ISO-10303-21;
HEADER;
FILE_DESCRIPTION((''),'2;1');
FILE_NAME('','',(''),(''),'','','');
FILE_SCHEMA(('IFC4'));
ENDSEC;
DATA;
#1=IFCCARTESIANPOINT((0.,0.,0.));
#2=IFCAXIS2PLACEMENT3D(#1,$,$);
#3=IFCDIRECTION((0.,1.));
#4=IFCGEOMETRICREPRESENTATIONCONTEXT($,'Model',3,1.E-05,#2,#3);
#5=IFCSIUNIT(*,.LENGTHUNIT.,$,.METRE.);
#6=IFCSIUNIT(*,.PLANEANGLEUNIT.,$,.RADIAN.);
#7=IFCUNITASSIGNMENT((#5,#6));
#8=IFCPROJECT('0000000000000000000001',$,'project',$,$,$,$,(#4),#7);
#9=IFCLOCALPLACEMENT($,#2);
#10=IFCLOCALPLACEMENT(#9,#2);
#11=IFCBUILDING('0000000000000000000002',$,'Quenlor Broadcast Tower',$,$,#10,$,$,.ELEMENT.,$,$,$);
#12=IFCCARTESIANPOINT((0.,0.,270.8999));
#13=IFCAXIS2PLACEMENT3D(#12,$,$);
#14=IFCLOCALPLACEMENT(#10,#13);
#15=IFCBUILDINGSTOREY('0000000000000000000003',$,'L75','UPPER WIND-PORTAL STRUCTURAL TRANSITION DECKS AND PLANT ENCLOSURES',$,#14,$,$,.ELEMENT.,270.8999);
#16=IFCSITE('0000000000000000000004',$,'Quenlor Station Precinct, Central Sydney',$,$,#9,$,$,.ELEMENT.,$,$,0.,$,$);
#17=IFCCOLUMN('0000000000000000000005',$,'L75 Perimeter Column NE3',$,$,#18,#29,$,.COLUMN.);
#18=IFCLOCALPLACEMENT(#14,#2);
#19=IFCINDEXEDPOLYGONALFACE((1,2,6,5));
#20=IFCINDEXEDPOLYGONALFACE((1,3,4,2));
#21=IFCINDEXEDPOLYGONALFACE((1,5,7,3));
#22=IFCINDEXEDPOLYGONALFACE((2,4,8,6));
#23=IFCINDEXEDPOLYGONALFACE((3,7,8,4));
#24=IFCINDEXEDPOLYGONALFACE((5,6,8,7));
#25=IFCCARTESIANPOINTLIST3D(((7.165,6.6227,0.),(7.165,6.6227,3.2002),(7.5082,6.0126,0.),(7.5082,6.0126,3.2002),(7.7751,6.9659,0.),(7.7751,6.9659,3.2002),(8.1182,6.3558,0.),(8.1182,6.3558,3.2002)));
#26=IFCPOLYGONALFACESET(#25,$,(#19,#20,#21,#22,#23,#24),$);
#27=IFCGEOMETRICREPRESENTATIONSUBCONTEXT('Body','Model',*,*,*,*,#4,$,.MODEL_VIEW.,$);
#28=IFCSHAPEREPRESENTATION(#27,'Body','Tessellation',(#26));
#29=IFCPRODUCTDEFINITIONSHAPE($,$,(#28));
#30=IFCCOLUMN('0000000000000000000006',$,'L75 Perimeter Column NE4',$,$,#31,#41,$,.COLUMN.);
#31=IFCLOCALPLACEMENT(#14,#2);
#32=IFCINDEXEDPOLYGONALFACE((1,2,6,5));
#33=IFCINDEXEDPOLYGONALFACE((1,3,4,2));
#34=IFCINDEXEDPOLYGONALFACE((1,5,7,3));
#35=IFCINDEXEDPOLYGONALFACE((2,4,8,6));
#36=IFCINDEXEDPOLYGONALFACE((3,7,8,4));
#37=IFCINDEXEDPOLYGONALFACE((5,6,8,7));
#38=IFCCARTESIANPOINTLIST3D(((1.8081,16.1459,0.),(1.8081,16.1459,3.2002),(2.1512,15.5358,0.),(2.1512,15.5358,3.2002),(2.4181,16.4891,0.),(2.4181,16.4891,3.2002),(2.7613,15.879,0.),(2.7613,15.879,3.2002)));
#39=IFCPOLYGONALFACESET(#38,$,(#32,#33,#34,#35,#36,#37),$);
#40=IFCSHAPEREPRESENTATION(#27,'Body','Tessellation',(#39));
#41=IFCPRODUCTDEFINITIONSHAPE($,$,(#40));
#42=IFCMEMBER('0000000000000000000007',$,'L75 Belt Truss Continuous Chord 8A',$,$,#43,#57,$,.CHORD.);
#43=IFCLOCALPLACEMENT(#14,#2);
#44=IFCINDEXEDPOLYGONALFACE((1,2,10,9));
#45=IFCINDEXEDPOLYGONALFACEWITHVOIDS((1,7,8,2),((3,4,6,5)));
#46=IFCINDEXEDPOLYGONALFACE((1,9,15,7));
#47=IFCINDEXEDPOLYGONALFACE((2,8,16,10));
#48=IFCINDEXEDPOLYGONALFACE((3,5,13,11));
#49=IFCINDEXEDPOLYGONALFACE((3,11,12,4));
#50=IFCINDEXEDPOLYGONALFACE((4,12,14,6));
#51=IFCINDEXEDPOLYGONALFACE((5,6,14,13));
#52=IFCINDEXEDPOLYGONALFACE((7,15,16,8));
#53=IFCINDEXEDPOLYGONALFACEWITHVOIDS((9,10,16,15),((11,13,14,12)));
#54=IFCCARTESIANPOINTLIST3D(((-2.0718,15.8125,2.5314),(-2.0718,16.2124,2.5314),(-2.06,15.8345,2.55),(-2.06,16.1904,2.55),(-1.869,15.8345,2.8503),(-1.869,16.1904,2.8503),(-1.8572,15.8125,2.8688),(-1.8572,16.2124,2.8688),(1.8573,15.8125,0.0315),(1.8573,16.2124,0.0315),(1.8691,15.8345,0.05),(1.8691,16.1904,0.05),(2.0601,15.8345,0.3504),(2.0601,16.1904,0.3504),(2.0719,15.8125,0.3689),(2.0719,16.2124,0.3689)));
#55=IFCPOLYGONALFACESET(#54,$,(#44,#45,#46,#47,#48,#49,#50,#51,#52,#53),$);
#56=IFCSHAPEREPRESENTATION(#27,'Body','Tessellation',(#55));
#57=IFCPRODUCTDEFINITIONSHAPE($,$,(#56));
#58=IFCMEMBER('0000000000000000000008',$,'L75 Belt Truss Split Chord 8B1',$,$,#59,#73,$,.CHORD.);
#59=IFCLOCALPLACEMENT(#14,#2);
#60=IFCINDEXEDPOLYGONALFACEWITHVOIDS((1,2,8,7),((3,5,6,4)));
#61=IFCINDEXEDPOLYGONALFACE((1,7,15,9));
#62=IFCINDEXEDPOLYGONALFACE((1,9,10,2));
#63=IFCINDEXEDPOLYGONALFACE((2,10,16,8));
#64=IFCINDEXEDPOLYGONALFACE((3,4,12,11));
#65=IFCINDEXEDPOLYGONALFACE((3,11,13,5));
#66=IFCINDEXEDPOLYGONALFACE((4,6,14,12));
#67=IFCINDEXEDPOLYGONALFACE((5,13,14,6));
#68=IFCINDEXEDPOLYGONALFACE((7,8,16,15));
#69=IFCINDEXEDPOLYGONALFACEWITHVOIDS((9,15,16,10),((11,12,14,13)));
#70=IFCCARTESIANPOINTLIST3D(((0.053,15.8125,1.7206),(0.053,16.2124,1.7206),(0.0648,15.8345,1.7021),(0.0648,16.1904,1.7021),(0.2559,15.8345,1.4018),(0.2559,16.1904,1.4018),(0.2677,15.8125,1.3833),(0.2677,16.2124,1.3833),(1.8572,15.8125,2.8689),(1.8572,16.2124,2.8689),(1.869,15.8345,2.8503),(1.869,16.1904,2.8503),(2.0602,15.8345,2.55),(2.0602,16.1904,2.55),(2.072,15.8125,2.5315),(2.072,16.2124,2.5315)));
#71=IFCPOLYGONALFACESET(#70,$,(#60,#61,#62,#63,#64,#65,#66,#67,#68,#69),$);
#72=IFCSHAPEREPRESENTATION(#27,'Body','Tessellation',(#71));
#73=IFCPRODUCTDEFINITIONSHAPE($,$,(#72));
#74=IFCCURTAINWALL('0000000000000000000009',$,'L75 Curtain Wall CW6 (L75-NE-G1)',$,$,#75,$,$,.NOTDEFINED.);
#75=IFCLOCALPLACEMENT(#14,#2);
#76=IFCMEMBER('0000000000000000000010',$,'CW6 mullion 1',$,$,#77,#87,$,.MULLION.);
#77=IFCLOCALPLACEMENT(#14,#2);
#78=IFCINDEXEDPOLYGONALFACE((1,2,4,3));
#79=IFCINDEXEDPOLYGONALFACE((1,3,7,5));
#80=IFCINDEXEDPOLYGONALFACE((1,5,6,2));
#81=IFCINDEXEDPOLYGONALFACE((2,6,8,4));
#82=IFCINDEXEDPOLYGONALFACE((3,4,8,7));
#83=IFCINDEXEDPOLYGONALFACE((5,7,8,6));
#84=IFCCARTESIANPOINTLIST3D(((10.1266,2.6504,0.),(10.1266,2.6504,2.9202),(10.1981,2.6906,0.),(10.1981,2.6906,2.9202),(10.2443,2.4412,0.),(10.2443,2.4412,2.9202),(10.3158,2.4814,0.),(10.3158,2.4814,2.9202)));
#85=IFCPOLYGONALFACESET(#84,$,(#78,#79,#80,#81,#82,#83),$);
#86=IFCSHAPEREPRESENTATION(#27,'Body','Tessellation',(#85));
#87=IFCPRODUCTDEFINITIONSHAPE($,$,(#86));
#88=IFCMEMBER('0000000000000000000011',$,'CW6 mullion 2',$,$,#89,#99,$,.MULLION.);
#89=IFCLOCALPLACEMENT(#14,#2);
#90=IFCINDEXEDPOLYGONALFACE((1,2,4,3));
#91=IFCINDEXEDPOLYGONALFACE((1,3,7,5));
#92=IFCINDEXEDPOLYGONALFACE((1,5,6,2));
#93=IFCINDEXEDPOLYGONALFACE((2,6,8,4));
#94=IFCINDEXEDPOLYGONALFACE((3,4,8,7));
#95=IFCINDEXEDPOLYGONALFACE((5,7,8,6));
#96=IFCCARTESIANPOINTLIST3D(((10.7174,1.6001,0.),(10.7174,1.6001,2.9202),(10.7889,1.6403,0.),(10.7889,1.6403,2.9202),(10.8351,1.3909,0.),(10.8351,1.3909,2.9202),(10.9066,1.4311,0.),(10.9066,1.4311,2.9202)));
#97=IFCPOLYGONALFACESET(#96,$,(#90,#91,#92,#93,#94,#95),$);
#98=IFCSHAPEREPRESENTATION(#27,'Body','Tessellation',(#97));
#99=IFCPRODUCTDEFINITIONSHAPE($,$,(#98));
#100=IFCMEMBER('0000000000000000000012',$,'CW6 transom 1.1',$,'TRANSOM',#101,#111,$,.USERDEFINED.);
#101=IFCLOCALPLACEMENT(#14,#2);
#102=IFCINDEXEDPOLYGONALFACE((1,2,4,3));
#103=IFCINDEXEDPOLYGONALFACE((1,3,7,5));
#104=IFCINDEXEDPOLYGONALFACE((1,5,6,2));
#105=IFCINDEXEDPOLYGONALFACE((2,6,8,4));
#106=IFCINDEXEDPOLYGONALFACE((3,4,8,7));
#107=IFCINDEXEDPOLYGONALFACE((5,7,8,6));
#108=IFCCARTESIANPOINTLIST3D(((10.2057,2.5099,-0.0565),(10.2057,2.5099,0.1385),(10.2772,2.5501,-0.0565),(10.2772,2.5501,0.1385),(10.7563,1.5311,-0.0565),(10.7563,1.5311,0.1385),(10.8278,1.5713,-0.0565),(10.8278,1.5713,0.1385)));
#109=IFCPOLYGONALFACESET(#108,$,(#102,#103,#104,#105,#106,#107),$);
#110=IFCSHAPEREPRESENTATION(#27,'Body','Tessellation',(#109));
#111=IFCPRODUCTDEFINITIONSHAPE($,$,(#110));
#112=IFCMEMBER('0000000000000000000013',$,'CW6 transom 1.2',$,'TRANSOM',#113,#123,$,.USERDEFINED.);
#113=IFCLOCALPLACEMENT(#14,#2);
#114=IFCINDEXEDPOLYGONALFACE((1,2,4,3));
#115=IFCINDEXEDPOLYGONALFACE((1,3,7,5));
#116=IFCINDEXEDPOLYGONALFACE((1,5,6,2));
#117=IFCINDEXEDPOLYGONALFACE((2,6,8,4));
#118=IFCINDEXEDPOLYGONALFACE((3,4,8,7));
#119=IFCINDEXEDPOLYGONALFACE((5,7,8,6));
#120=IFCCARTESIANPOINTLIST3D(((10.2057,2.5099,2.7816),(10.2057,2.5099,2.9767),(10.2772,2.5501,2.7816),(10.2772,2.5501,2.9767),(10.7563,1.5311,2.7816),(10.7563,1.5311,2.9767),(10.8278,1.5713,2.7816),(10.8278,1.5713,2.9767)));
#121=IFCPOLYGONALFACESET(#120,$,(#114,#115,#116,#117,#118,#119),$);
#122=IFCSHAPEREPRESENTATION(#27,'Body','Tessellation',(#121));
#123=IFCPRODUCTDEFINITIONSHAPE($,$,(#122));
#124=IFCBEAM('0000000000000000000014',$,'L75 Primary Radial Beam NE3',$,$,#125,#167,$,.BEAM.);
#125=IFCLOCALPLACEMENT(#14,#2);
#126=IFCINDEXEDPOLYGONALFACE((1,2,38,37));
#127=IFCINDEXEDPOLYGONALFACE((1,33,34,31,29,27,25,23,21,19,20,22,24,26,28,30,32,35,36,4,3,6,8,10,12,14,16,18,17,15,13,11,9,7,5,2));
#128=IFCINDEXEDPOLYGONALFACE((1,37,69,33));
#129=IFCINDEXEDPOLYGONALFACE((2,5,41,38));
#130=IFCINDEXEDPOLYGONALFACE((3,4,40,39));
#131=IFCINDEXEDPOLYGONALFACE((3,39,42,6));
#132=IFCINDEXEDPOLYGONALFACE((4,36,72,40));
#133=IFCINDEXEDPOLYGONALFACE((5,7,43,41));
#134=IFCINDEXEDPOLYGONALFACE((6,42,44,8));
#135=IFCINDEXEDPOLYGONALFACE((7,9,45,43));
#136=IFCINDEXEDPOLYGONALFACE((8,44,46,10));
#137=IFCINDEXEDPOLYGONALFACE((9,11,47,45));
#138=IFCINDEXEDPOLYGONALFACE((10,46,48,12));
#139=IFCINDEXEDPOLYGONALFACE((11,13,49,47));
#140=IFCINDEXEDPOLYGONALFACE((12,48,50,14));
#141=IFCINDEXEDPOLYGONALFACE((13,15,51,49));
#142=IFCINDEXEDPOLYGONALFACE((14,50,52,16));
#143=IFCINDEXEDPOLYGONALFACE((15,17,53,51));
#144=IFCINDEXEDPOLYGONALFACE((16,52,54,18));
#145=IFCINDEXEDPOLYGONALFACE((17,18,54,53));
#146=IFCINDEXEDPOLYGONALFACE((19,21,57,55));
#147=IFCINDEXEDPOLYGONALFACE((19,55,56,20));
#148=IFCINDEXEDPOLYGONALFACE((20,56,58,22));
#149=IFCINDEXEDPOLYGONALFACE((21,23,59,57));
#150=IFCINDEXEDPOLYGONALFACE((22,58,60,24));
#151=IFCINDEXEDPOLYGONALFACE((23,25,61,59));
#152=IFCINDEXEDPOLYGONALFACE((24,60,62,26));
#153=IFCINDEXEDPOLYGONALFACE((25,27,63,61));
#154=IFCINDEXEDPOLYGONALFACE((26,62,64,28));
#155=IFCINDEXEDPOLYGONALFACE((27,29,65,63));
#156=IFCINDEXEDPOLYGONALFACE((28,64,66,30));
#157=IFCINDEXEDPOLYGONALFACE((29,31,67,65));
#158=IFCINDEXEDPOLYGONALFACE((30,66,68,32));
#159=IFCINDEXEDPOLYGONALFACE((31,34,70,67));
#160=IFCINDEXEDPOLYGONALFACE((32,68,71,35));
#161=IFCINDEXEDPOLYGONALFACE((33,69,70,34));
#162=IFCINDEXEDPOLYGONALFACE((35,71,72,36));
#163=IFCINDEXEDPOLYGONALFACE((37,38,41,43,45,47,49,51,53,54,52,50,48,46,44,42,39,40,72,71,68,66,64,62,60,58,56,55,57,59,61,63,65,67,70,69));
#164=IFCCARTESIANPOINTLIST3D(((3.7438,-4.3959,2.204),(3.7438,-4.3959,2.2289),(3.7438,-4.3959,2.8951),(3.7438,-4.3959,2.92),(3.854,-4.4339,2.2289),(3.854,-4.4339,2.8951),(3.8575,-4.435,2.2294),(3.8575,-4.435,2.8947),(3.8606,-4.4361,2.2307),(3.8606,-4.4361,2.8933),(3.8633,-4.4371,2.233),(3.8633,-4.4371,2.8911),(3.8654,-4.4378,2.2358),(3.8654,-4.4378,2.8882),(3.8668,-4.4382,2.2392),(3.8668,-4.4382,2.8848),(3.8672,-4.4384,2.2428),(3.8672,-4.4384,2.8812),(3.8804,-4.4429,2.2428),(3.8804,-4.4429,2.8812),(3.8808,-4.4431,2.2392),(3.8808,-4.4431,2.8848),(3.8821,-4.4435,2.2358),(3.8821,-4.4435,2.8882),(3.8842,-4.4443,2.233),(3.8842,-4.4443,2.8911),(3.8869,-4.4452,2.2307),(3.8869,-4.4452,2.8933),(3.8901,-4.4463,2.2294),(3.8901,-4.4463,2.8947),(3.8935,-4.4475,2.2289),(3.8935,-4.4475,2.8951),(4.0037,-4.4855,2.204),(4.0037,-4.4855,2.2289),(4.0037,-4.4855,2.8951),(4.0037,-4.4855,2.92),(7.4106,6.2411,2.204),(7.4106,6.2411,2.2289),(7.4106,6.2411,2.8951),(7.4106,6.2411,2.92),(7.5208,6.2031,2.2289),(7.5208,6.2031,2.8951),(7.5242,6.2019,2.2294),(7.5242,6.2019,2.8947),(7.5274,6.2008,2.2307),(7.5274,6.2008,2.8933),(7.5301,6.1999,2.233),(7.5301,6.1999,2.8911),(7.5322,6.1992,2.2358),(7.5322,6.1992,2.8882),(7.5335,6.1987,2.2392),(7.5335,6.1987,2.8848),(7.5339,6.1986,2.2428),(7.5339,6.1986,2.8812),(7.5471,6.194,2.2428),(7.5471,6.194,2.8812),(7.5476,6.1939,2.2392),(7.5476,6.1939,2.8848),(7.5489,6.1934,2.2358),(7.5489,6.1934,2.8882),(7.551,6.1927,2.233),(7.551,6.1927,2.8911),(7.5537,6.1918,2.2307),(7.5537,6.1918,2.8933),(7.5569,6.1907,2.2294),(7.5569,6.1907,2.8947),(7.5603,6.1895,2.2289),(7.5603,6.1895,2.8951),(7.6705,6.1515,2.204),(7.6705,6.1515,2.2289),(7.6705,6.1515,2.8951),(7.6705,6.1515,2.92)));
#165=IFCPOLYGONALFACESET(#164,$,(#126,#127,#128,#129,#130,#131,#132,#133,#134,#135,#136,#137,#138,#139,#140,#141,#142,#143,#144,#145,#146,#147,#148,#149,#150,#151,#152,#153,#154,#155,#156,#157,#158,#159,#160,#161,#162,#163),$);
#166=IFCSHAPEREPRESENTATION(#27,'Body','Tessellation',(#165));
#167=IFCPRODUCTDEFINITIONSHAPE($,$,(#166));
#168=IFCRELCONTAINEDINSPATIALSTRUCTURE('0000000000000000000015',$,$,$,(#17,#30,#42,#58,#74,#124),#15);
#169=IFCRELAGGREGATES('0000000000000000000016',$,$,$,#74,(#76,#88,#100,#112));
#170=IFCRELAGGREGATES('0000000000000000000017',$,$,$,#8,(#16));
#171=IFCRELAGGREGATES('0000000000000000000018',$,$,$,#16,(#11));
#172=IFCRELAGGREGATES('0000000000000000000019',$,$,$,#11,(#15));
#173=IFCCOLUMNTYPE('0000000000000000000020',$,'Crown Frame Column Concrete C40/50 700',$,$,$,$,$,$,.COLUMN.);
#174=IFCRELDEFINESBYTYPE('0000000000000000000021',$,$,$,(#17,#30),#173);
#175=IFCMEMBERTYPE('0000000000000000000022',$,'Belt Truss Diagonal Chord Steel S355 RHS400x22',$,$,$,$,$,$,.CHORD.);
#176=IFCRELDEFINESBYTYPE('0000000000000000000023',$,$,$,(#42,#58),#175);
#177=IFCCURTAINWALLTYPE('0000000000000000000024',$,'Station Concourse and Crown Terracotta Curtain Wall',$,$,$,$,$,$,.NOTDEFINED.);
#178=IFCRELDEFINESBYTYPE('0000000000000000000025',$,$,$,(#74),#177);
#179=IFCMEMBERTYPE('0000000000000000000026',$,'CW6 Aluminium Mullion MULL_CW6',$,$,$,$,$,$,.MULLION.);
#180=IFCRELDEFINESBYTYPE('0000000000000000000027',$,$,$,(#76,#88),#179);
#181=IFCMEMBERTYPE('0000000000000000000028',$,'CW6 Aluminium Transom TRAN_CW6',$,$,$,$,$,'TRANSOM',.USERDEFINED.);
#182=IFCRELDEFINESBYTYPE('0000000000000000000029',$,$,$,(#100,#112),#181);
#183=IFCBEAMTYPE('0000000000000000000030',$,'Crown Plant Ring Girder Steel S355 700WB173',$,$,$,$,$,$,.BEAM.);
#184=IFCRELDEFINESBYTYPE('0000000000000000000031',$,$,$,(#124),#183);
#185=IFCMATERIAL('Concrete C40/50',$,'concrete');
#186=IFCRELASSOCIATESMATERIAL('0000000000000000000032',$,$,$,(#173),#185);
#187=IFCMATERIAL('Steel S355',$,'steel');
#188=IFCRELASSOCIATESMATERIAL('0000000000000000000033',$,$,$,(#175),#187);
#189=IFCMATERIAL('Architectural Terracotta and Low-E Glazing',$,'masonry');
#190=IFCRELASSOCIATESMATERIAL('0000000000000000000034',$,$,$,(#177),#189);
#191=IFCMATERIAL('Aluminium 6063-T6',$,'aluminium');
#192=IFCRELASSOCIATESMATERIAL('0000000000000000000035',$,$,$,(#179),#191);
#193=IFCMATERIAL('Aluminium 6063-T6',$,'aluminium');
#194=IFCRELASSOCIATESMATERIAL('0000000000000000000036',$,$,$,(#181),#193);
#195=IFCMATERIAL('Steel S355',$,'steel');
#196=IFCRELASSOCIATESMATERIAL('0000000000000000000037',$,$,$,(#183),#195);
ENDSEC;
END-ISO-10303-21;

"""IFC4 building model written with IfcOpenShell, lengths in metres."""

from ifc_helpers import new_model, si_unit, direction, frame, origin, origin_2d, place, context, subcontext, project, spatial, rectangle, hollow_rectangle, i_section, extrude, material, material_profile, profile_set, type_object, element, aggregate, save


model = new_model("IFC4")

# Units and contexts
model_context = context("Model", 3, precision=1e-05, world=origin(), true_north=direction((0.0, 1.0)))
body_context = subcontext(model_context, "Body", "Model", "MODEL_VIEW")
ifc_project = project(units=[si_unit("LENGTHUNIT", "METRE"), si_unit("PLANEANGLEUNIT", "RADIAN")], contexts=[model_context])

# Site, building, storey
site_placement = place(None, origin())
site = spatial("IfcSite", under=ifc_project, at=site_placement, Name="Quenlor Station Precinct, Central Sydney", CompositionType="ELEMENT", RefElevation=0.0)
building_placement = place(site_placement, origin())
building = spatial("IfcBuilding", under=site, at=building_placement, Name="Quenlor Broadcast Tower", CompositionType="ELEMENT")
storey_placement = place(building_placement, frame((0.0, 0.0, 270.8999)))
storey = spatial("IfcBuildingStorey", under=building, at=storey_placement, Name="L75", Description="UPPER WIND-PORTAL STRUCTURAL TRANSITION DECKS AND PLANT ENCLOSURES", CompositionType="ELEMENT", Elevation=270.8999)

# Columns
ifc_material_1 = material(Name="Concrete C40/50", Category="concrete")
ifc_material_profile_1 = material_profile(ifc_material_1, rectangle(XDim=0.7, YDim=0.7, at=origin_2d()))
ifc_profile_set_1 = profile_set([ifc_material_profile_1], Name="Concrete C40/50 RC700x700")
column_type = type_object("IfcColumnType", Name="Crown Frame Column Concrete C40/50 700", PredefinedType="COLUMN", material=ifc_profile_set_1)
for number, where, z_axis, x_axis, name in (
    (1, (7.6416, 6.4893, 0.0), (0.0, 0.0, 1.0), (0.871575, 0.490262, 0.0), "L75 Perimeter Column NE3"),
    (2, (2.2847, 16.0125, 0.0), (0.0, 0.0, 1.0), (0.871575, 0.490262, 0.0), "L75 Perimeter Column NE4"),
):
    element("IfcColumn", number, at=place(storey_placement, frame(where, z_axis=z_axis, x_axis=x_axis)), inside=storey, type_object=column_type, Name=name, PredefinedType="COLUMN", context=body_context, shape_type="SweptSolid", body=[
        extrude(rectangle(XDim=0.7, YDim=0.7, at=origin_2d()), origin(), (0.0, 0.0, 1.0), 3.2002),
    ])

# Members
ifc_material_2 = material(Name="Steel S355", Category="steel")
ifc_material_profile_2 = material_profile(ifc_material_2, hollow_rectangle(XDim=0.3999, YDim=0.3999, WallThickness=0.022, at=origin_2d()))
ifc_profile_set_2 = profile_set([ifc_material_profile_2], Name="Steel S355 RHS400x400x22")
member_type_1 = type_object("IfcMemberType", Name="Belt Truss Diagonal Chord Steel S355 RHS400x22", PredefinedType="CHORD", material=ifc_profile_set_2)
member_1_placement = place(storey_placement, frame((1.9646, 16.0125, 0.2002), z_axis=(-0.8437, 0.0, 0.536814), x_axis=(0.0, -1.0, 0.0)))
element("IfcMember", 3, at=member_1_placement, inside=storey, type_object=member_type_1, Name="L75 Belt Truss Continuous Chord 8A", PredefinedType="CHORD", context=body_context, shape_type="SweptSolid", body=[
    extrude(hollow_rectangle(XDim=0.3999, YDim=0.3999, WallThickness=0.022, at=origin_2d()), origin(), (0.0, 0.0, 1.0), 4.657),
])
member_2_placement = place(storey_placement, frame((1.9646, 16.0125, 2.7002), z_axis=(-0.843647, 0.0, -0.536898), x_axis=(0.0, -1.0, 0.0)))
element("IfcMember", 4, at=member_2_placement, inside=storey, type_object=member_type_1, Name="L75 Belt Truss Split Chord 8B1", PredefinedType="CHORD", context=body_context, shape_type="SweptSolid", body=[
    extrude(hollow_rectangle(XDim=0.3999, YDim=0.3999, WallThickness=0.022, at=origin_2d()), origin(), (0.0, 0.0, 1.0), 2.1387),
])

# Curtain wall, members
ifc_material_3 = material(Name="Architectural Terracotta and Low-E Glazing", Category="masonry")
curtain_wall_type = type_object("IfcCurtainWallType", Name="Station Concourse and Crown Terracotta Curtain Wall", PredefinedType="NOTDEFINED", material=ifc_material_3)
curtain_wall_placement = place(storey_placement, origin())
curtain_wall = element("IfcCurtainWall", 5, at=curtain_wall_placement, inside=storey, type_object=curtain_wall_type, Name="L75 Curtain Wall CW6 (L75-NE-G1)", PredefinedType="NOTDEFINED")
ifc_material_4 = material(Name="Aluminium 6063-T6", Category="aluminium")
ifc_material_profile_3 = material_profile(ifc_material_4, rectangle(XDim=0.082, YDim=0.24, at=origin_2d()))
ifc_profile_set_3 = profile_set([ifc_material_profile_3], Name="Aluminium 6063-T6 MULL82x240")
member_type_2 = type_object("IfcMemberType", Name="CW6 Aluminium Mullion MULL_CW6", PredefinedType="MULLION", material=ifc_profile_set_3)
member_3_placement = place(storey_placement, frame((10.2212, 2.5659, 0.0), z_axis=(0.0, 0.0, 1.0), x_axis=(0.87158, 0.490254, 0.0)))
member_3 = element("IfcMember", 6, at=member_3_placement, type_object=member_type_2, Name="CW6 mullion 1", PredefinedType="MULLION", context=body_context, shape_type="SweptSolid", body=[
    extrude(rectangle(XDim=0.082, YDim=0.24, at=origin_2d()), origin(), (0.0, 0.0, 1.0), 2.9202),
])
member_4_placement = place(storey_placement, frame((10.812, 1.5156, 0.0), z_axis=(0.0, 0.0, 1.0), x_axis=(0.87158, 0.490254, 0.0)))
member_4 = element("IfcMember", 7, at=member_4_placement, type_object=member_type_2, Name="CW6 mullion 2", PredefinedType="MULLION", context=body_context, shape_type="SweptSolid", body=[
    extrude(rectangle(XDim=0.082, YDim=0.24, at=origin_2d()), origin(), (0.0, 0.0, 1.0), 2.9202),
])
ifc_material_5 = material(Name="Aluminium 6063-T6", Category="aluminium")
ifc_material_profile_4 = material_profile(ifc_material_5, rectangle(XDim=0.082, YDim=0.1951, at=origin_2d()))
ifc_profile_set_4 = profile_set([ifc_material_profile_4], Name="Aluminium 6063-T6 TRAN82x195")
member_type_3 = type_object("IfcMemberType", Name="CW6 Aluminium Transom TRAN_CW6", ElementType="TRANSOM", PredefinedType="USERDEFINED", material=ifc_profile_set_4)
member_5_placement = place(storey_placement, frame((10.2415, 2.53, 0.041), z_axis=(0.490251, -0.871581, 0.0), x_axis=(0.871581, 0.490251, 0.0)))
member_5 = element("IfcMember", 8, at=member_5_placement, type_object=member_type_3, Name="CW6 transom 1.1", ObjectType="TRANSOM", PredefinedType="USERDEFINED", context=body_context, shape_type="SweptSolid", body=[
    extrude(rectangle(XDim=0.082, YDim=0.1951, at=origin_2d()), origin(), (0.0, 0.0, 1.0), 1.123),
])
member_6_placement = place(storey_placement, frame((10.2415, 2.53, 2.8792), z_axis=(0.490251, -0.871581, 0.0), x_axis=(0.871581, 0.490251, 0.0)))
member_6 = element("IfcMember", 9, at=member_6_placement, type_object=member_type_3, Name="CW6 transom 1.2", ObjectType="TRANSOM", PredefinedType="USERDEFINED", context=body_context, shape_type="SweptSolid", body=[
    extrude(rectangle(XDim=0.082, YDim=0.1951, at=origin_2d()), origin(), (0.0, 0.0, 1.0), 1.123),
])

# Beam
ifc_material_6 = material(Name="Steel S355", Category="steel")
ifc_material_profile_5 = material_profile(ifc_material_6, i_section(OverallWidth=0.2749, OverallDepth=0.7161, WebThickness=0.0139, FlangeThickness=0.0249, FilletRadius=0.0139, at=origin_2d()))
ifc_profile_set_5 = profile_set([ifc_material_profile_5], Name="Steel S355 700WB173")
beam_type_1 = type_object("IfcBeamType", Name="Crown Plant Ring Girder Steel S355 700WB173", PredefinedType="BEAM", material=ifc_profile_set_5)
beam_1_placement = place(storey_placement, frame((7.5405, 6.1963, 2.562), z_axis=(-0.325898, -0.945405, 0.0), x_axis=(0.945405, -0.325898, 0.0)))
element("IfcBeam", 10, at=beam_1_placement, inside=storey, type_object=beam_type_1, Name="L75 Primary Radial Beam NE3", PredefinedType="BEAM", context=body_context, shape_type="SweptSolid", body=[
    extrude(i_section(OverallWidth=0.2749, OverallDepth=0.7161, WebThickness=0.0139, FlangeThickness=0.0249, FilletRadius=0.0139, at=origin_2d()), origin(), (0.0, 0.0, 1.0), 11.2512),
])

aggregate(curtain_wall, [member_3, member_4, member_5, member_6])

save(model, "model.ifc")
